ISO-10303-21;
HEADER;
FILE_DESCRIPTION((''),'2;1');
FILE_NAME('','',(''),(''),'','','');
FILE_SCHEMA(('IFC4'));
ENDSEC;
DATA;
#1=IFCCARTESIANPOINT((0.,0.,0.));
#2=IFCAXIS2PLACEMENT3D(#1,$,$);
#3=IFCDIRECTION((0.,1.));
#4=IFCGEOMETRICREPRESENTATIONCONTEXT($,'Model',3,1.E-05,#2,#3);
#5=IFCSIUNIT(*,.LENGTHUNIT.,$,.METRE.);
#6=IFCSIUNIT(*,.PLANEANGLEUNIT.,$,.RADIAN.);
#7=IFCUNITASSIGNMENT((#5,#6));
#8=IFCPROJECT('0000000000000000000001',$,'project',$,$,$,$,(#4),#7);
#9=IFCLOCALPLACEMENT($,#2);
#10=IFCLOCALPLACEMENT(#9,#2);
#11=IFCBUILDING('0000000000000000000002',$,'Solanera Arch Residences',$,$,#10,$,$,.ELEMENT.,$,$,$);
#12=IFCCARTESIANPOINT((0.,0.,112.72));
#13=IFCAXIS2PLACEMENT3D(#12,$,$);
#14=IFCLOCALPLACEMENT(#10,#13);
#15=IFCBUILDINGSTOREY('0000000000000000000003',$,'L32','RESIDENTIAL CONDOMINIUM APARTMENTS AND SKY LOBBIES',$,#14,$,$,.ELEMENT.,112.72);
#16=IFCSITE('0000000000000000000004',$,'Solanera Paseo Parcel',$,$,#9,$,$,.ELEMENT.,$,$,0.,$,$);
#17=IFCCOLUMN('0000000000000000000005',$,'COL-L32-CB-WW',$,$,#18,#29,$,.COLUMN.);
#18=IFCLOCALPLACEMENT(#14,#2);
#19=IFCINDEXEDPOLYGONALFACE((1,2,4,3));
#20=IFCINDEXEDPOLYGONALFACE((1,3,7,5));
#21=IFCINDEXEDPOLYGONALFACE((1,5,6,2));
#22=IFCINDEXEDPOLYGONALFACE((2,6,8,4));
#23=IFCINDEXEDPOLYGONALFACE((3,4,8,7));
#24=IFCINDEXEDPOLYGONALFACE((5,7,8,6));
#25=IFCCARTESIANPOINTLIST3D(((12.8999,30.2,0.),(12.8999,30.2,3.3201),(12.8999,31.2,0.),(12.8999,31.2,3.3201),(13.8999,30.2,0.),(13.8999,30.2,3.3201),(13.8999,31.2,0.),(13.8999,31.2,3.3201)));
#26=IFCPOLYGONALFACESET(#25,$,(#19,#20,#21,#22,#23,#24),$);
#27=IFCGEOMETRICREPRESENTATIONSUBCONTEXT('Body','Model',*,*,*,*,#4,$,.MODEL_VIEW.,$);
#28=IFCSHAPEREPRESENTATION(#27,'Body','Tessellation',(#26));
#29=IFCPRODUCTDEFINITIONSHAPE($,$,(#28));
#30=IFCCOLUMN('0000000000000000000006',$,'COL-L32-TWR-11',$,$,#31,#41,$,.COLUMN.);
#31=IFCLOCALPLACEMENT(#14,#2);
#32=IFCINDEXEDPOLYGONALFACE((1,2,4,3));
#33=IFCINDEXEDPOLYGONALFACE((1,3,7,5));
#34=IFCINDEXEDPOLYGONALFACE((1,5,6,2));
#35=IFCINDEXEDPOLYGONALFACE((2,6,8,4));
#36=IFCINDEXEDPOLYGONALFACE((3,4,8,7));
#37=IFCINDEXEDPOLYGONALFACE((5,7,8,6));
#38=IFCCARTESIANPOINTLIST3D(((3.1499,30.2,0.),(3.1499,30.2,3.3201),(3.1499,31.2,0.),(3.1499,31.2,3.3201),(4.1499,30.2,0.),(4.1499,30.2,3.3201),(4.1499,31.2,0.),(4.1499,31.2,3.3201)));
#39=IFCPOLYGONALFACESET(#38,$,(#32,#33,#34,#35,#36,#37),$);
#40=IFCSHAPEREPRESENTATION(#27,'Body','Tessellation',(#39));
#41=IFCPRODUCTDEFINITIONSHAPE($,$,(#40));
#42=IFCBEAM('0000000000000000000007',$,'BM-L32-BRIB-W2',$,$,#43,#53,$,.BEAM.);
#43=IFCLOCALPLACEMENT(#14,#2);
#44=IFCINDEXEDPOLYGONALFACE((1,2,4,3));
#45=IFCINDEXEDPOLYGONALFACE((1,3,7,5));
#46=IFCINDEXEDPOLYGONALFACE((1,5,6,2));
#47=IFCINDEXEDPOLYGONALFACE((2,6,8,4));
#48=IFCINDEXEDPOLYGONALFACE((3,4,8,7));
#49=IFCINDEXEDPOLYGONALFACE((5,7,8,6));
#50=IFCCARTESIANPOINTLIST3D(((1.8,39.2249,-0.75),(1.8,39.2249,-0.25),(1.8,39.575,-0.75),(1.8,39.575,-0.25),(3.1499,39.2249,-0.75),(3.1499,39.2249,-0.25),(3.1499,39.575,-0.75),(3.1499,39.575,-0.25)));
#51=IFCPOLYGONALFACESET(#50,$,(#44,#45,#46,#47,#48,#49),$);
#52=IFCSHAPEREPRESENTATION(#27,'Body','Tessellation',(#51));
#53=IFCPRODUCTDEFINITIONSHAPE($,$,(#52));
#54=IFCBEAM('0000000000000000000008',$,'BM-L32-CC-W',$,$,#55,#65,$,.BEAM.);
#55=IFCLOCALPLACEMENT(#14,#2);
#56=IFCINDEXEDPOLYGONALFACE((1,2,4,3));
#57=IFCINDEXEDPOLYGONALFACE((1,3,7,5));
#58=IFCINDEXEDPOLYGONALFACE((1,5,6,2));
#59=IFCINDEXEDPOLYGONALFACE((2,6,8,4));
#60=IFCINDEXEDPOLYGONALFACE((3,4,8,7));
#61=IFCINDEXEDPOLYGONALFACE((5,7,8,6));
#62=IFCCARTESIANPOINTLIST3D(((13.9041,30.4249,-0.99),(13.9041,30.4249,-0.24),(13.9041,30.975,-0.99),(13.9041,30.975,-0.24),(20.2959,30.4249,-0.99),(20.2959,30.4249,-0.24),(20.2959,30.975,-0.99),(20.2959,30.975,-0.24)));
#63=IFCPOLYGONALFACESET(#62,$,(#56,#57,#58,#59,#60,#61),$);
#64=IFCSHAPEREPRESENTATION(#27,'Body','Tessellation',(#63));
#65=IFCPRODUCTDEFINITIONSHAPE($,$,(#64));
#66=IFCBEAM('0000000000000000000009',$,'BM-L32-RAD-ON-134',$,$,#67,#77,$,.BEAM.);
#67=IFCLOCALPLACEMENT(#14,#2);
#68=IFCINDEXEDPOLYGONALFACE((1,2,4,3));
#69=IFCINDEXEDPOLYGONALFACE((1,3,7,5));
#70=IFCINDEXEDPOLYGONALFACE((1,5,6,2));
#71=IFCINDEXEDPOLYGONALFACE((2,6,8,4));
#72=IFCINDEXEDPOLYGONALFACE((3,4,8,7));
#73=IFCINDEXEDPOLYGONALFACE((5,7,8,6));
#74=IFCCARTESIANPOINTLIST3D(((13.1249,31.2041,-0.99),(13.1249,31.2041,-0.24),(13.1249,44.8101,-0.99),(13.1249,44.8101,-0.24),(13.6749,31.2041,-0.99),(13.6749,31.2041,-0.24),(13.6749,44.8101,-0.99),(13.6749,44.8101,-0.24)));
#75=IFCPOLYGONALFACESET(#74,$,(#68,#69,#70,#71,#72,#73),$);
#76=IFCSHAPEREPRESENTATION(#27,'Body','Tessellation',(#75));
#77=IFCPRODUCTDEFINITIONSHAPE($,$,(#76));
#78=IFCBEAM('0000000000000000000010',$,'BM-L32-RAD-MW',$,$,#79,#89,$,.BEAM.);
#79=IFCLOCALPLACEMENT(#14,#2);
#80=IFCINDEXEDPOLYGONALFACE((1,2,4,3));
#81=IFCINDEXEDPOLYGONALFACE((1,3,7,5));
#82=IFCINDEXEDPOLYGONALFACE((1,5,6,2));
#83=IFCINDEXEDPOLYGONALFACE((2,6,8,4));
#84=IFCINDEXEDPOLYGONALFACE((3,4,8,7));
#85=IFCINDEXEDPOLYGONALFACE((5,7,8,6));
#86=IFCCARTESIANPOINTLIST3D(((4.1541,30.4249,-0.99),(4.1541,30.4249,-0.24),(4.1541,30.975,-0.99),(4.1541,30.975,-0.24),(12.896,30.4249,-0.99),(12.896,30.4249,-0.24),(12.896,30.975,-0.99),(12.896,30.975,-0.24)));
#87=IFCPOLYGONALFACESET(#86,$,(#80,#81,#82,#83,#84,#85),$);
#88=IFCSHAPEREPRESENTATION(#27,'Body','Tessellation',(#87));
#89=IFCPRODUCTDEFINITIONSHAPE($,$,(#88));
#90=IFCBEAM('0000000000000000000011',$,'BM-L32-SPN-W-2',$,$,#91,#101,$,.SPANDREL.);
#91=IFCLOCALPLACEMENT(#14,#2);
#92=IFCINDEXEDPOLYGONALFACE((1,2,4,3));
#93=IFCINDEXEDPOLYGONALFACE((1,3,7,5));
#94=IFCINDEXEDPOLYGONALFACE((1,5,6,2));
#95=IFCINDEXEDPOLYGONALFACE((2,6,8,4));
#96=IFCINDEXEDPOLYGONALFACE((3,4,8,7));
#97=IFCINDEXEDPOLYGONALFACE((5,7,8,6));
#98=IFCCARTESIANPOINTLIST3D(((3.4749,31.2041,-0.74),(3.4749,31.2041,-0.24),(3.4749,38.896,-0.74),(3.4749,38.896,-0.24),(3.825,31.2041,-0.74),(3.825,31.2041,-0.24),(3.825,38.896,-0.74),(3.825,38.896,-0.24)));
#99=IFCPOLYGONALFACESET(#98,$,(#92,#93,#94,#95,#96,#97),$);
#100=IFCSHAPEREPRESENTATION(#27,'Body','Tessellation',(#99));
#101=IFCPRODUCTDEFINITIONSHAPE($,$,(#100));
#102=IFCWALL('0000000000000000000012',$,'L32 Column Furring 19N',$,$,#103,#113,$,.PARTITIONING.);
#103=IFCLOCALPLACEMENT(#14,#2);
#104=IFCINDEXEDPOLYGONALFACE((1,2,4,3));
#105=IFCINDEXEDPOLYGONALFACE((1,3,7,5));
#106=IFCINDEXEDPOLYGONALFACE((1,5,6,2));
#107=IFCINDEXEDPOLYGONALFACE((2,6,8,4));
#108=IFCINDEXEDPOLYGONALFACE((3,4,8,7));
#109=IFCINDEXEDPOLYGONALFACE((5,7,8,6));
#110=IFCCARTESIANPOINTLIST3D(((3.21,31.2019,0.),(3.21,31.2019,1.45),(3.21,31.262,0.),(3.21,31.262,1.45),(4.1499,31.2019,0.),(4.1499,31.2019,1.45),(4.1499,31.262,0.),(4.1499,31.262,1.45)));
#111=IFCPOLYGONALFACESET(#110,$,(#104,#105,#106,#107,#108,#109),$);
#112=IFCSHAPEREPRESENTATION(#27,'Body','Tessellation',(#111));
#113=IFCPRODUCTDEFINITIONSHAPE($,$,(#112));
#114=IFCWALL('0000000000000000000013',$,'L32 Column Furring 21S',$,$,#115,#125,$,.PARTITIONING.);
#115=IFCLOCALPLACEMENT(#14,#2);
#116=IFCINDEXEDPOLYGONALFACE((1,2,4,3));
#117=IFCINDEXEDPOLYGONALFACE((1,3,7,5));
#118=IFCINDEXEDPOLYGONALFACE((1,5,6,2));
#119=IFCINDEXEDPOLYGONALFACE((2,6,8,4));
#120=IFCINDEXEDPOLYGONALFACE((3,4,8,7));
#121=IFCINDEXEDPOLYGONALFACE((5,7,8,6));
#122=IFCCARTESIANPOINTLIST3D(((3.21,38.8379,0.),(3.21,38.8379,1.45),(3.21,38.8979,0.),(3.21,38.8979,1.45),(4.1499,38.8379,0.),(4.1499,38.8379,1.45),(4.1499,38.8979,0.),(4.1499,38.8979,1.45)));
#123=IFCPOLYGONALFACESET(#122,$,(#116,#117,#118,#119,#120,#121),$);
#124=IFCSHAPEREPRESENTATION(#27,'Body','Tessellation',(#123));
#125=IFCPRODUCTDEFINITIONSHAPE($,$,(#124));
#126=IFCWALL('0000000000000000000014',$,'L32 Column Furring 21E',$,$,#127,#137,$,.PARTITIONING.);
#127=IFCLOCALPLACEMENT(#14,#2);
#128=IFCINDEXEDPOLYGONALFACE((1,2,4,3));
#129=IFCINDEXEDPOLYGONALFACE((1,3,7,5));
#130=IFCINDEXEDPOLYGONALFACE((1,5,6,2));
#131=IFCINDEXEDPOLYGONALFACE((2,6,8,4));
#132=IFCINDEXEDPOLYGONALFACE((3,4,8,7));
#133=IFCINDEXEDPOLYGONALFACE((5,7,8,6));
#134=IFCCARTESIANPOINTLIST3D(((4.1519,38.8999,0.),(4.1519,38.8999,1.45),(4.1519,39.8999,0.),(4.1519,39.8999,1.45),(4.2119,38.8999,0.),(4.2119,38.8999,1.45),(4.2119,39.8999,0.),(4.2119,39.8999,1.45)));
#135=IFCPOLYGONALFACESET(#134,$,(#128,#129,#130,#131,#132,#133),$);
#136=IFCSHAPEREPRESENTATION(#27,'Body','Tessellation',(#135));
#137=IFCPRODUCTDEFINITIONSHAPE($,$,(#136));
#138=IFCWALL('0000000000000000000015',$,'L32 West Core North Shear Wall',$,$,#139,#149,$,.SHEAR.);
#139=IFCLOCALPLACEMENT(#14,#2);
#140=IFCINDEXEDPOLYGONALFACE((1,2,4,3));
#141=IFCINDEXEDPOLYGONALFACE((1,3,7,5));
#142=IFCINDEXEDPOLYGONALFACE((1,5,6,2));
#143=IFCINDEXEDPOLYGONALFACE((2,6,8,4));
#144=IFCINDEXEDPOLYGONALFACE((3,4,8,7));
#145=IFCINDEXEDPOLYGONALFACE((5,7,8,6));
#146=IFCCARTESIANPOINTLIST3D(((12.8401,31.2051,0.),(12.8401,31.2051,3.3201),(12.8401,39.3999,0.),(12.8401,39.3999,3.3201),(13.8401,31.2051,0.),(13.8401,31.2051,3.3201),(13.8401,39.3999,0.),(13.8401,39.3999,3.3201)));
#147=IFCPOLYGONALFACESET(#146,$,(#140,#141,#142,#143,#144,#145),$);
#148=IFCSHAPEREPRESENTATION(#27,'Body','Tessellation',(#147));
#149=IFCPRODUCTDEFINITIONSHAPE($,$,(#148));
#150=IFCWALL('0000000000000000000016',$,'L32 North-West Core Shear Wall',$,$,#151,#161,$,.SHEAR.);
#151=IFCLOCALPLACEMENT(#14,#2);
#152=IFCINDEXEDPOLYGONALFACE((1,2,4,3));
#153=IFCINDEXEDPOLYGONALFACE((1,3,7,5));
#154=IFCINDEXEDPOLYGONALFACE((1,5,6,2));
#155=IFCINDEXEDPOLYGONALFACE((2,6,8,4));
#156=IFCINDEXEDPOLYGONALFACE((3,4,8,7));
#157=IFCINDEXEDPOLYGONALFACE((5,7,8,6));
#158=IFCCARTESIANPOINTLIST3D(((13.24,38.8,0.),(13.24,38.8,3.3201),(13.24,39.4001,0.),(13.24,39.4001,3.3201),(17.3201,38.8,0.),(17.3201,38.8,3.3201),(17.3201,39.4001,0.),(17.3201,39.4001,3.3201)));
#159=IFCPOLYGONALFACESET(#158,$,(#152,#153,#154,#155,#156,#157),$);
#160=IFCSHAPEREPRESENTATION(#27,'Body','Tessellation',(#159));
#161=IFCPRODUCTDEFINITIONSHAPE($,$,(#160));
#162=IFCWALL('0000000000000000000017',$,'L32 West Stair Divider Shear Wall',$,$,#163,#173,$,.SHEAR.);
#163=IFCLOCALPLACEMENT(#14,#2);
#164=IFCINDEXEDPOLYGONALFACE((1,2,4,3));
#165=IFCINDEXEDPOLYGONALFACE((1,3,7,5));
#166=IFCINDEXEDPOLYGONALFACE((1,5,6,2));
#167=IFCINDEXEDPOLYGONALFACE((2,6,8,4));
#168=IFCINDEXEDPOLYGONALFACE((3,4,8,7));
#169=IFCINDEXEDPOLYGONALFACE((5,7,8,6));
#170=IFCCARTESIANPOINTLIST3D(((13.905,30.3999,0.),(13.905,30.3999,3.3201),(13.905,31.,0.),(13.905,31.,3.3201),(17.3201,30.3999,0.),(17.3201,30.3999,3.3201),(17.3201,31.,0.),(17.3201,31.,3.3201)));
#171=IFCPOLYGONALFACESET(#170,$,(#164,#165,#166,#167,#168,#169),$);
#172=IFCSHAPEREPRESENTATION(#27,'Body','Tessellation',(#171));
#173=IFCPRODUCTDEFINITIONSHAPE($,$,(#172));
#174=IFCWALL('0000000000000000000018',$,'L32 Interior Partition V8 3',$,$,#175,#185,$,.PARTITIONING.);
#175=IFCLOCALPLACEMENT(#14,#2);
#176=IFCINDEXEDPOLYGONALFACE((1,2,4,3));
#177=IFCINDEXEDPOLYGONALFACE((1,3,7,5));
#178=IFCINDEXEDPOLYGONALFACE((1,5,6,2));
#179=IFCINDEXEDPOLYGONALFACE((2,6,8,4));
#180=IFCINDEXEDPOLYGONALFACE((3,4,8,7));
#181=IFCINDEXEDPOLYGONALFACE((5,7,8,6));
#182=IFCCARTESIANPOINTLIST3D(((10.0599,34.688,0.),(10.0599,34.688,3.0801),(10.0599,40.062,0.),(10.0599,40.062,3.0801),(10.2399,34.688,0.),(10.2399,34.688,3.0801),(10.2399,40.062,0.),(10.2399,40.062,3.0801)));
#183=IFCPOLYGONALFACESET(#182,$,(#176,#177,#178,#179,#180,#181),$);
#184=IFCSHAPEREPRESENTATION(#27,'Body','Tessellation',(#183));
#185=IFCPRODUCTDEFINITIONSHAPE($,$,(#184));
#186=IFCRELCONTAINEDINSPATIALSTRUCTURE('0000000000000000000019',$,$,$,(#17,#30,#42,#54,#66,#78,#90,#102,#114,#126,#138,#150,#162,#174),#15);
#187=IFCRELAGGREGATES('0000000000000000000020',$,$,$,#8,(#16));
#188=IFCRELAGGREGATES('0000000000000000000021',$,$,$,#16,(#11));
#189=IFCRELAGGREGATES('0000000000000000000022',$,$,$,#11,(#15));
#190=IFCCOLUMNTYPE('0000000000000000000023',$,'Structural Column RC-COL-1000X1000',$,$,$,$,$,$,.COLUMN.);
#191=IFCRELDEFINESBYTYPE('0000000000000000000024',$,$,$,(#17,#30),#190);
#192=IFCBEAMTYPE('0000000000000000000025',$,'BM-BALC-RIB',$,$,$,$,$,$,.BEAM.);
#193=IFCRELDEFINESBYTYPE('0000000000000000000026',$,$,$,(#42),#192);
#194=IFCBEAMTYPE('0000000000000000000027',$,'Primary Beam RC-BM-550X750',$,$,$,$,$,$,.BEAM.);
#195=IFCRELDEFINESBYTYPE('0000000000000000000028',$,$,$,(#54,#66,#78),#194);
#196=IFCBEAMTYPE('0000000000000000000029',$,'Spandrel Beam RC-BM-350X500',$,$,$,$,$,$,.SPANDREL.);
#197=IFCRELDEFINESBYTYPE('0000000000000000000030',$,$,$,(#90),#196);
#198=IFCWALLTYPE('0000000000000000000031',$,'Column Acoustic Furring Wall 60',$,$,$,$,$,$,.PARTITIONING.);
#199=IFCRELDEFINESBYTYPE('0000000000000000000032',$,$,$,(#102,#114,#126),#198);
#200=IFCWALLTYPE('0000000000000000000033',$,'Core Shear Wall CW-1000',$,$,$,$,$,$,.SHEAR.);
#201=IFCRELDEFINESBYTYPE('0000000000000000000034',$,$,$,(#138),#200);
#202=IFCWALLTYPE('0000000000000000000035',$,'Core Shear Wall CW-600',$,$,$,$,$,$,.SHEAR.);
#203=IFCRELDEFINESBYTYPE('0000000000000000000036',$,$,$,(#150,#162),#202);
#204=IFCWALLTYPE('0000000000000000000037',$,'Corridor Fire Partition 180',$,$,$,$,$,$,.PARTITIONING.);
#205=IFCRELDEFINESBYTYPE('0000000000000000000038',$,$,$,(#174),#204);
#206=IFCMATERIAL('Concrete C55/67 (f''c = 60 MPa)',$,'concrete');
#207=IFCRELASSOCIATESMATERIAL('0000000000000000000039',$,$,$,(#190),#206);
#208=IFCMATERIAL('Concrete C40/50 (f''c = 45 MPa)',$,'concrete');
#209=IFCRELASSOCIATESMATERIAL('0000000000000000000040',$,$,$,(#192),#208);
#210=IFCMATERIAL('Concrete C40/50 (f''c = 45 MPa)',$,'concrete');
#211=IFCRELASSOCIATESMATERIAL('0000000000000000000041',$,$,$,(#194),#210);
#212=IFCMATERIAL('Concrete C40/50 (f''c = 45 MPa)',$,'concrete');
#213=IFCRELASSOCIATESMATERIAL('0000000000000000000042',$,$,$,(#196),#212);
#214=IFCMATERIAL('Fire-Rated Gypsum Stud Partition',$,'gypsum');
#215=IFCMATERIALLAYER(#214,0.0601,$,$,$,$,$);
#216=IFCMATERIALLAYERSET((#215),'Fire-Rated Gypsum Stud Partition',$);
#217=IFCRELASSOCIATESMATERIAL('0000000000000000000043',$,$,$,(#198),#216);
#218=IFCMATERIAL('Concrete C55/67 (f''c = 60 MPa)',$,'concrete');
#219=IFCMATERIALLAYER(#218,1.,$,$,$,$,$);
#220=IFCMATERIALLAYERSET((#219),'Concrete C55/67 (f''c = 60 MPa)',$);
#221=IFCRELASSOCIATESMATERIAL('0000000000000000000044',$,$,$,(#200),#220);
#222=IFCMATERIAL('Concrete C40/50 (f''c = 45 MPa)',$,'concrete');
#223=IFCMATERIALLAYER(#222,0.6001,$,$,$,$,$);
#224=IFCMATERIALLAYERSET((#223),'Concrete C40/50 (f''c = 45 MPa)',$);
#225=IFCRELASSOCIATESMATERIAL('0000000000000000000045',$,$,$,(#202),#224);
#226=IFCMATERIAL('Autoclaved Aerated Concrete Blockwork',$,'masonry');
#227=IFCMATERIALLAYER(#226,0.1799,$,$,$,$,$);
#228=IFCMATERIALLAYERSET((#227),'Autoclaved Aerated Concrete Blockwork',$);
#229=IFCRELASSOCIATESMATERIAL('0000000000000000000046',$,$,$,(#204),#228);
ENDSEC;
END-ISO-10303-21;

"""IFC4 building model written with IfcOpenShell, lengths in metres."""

from ifc_helpers import new_model, si_unit, direction, frame, frame_2d, origin, origin_2d, place, context, subcontext, project, spatial, rectangle, extrude, material, layer, layer_set, material_profile, profile_set, type_object, element, save


model = new_model("IFC4")

# Units and contexts
model_context = context("Model", 3, precision=1e-05, world=origin(), true_north=direction((0.0, 1.0)))
body_context = subcontext(model_context, "Body", "Model", "MODEL_VIEW")
ifc_project = project(units=[si_unit("LENGTHUNIT", "METRE"), si_unit("PLANEANGLEUNIT", "RADIAN")], contexts=[model_context])

# Site, building, storey
site_placement = place(None, origin())
site = spatial("IfcSite", under=ifc_project, at=site_placement, Name="Solanera Paseo Parcel", CompositionType="ELEMENT", RefElevation=0.0)
building_placement = place(site_placement, origin())
building = spatial("IfcBuilding", under=site, at=building_placement, Name="Solanera Arch Residences", CompositionType="ELEMENT")
storey_placement = place(building_placement, frame((0.0, 0.0, 112.72)))
storey = spatial("IfcBuildingStorey", under=building, at=storey_placement, Name="L32", Description="RESIDENTIAL CONDOMINIUM APARTMENTS AND SKY LOBBIES", CompositionType="ELEMENT", Elevation=112.72)

# Columns
ifc_material_1 = material(Name="Concrete C55/67 (f'c = 60 MPa)", Category="concrete")
ifc_material_profile_1 = material_profile(ifc_material_1, rectangle(XDim=1.0, YDim=1.0, at=origin_2d()))
ifc_profile_set_1 = profile_set([ifc_material_profile_1], Name="Concrete C55/67 (f'c = 60 MPa)")
column_type = type_object("IfcColumnType", Name="Structural Column RC-COL-1000X1000", PredefinedType="COLUMN", material=ifc_profile_set_1)
for number, where, z_axis, x_axis, name in (
    (1, (13.3999, 30.7, 0.0), (0.0, 0.0, 1.0), (1.0, 0.0, 0.0), "COL-L32-CB-WW"),
    (2, (3.6499, 30.7, 0.0), (0.0, 0.0, 1.0), (1.0, 0.0, 0.0), "COL-L32-TWR-11"),
):
    element("IfcColumn", number, at=place(storey_placement, frame(where, z_axis=z_axis, x_axis=x_axis)), inside=storey, type_object=column_type, Name=name, PredefinedType="COLUMN", context=body_context, shape_type="SweptSolid", body=[
        extrude(rectangle(XDim=1.0, YDim=1.0, at=origin_2d()), origin(), (0.0, 0.0, 1.0), 3.3201),
    ])

# Beams
ifc_material_2 = material(Name="Concrete C40/50 (f'c = 45 MPa)", Category="concrete")
ifc_material_profile_2 = material_profile(ifc_material_2, rectangle(XDim=0.3501, YDim=0.5, at=origin_2d()))
ifc_profile_set_2 = profile_set([ifc_material_profile_2], Name="Concrete C40/50 (f'c = 45 MPa)")
beam_type_1 = type_object("IfcBeamType", Name="BM-BALC-RIB", PredefinedType="BEAM", material=ifc_profile_set_2)
beam_1_placement = place(storey_placement, frame((1.8, 39.3999, -0.5), z_axis=(1.0, 0.0, 0.0), x_axis=(0.0, 1.0, 0.0)))
element("IfcBeam", 3, at=beam_1_placement, inside=storey, type_object=beam_type_1, Name="BM-L32-BRIB-W2", PredefinedType="BEAM", context=body_context, shape_type="SweptSolid", body=[
    extrude(rectangle(XDim=0.3501, YDim=0.5, at=origin_2d()), origin(), (0.0, 0.0, 1.0), 1.3499),
])
ifc_material_3 = material(Name="Concrete C40/50 (f'c = 45 MPa)", Category="concrete")
ifc_material_profile_3 = material_profile(ifc_material_3, rectangle(XDim=0.55, YDim=0.75, at=origin_2d()))
ifc_profile_set_3 = profile_set([ifc_material_profile_3], Name="Concrete C40/50 (f'c = 45 MPa)")
beam_type_2 = type_object("IfcBeamType", Name="Primary Beam RC-BM-550X750", PredefinedType="BEAM", material=ifc_profile_set_3)
beam_2_placement = place(storey_placement, frame((13.9041, 30.7, -0.615), z_axis=(1.0, 0.0, 0.0), x_axis=(0.0, 1.0, 0.0)))
element("IfcBeam", 4, at=beam_2_placement, inside=storey, type_object=beam_type_2, Name="BM-L32-CC-W", PredefinedType="BEAM", context=body_context, shape_type="SweptSolid", body=[
    extrude(rectangle(XDim=0.55, YDim=0.75, at=origin_2d()), origin(), (0.0, 0.0, 1.0), 6.3918),
])
beam_3_placement = place(storey_placement, frame((13.3999, 31.2041, -0.615), z_axis=(0.0, 1.0, 0.0), x_axis=(-1.0, 0.0, 0.0)))
element("IfcBeam", 5, at=beam_3_placement, inside=storey, type_object=beam_type_2, Name="BM-L32-RAD-ON-134", PredefinedType="BEAM", context=body_context, shape_type="SweptSolid", body=[
    extrude(rectangle(XDim=0.55, YDim=0.75, at=origin_2d()), origin(), (0.0, 0.0, 1.0), 13.606),
])
beam_4_placement = place(storey_placement, frame((4.1541, 30.7, -0.615), z_axis=(1.0, 0.0, 0.0), x_axis=(0.0, 1.0, 0.0)))
element("IfcBeam", 6, at=beam_4_placement, inside=storey, type_object=beam_type_2, Name="BM-L32-RAD-MW", PredefinedType="BEAM", context=body_context, shape_type="SweptSolid", body=[
    extrude(rectangle(XDim=0.55, YDim=0.75, at=origin_2d()), origin(), (0.0, 0.0, 1.0), 8.7419),
])
ifc_material_4 = material(Name="Concrete C40/50 (f'c = 45 MPa)", Category="concrete")
ifc_material_profile_4 = material_profile(ifc_material_4, rectangle(XDim=0.3501, YDim=0.5, at=origin_2d()))
ifc_profile_set_4 = profile_set([ifc_material_profile_4], Name="Concrete C40/50 (f'c = 45 MPa)")
beam_type_3 = type_object("IfcBeamType", Name="Spandrel Beam RC-BM-350X500", PredefinedType="SPANDREL", material=ifc_profile_set_4)
beam_5_placement = place(storey_placement, frame((3.6499, 31.2041, -0.49), z_axis=(0.0, 1.0, 0.0), x_axis=(-1.0, 0.0, 0.0)))
element("IfcBeam", 7, at=beam_5_placement, inside=storey, type_object=beam_type_3, Name="BM-L32-SPN-W-2", PredefinedType="SPANDREL", context=body_context, shape_type="SweptSolid", body=[
    extrude(rectangle(XDim=0.3501, YDim=0.5, at=origin_2d()), origin(), (0.0, 0.0, 1.0), 7.6919),
])

# Walls
ifc_material_5 = material(Name="Fire-Rated Gypsum Stud Partition", Category="gypsum")
ifc_layer_1 = layer(ifc_material_5, 0.0601)
ifc_layer_set_1 = layer_set([ifc_layer_1], Name="Fire-Rated Gypsum Stud Partition")
wall_type_1 = type_object("IfcWallType", Name="Column Acoustic Furring Wall 60", PredefinedType="PARTITIONING", material=ifc_layer_set_1)
for number, where, z_axis, x_axis, name in (
    (8, (3.21, 31.2319, 0.0), (0.0, 0.0, 1.0), (1.0, 0.0, 0.0), "L32 Column Furring 19N"),
    (9, (3.21, 38.8679, 0.0), (0.0, 0.0, 1.0), (1.0, 0.0, 0.0), "L32 Column Furring 21S"),
):
    element("IfcWall", number, at=place(storey_placement, frame(where, z_axis=z_axis, x_axis=x_axis)), inside=storey, type_object=wall_type_1, Name=name, PredefinedType="PARTITIONING", context=body_context, shape_type="SweptSolid", body=[
        extrude(rectangle(XDim=0.9399, YDim=0.0601, at=frame_2d((0.47, 0.0))), origin(), (0.0, 0.0, 1.0), 1.45),
    ])
wall_1_placement = place(storey_placement, frame((4.1819, 38.8999, 0.0), z_axis=(0.0, 0.0, 1.0), x_axis=(0.0, 1.0, 0.0)))
element("IfcWall", 10, at=wall_1_placement, inside=storey, type_object=wall_type_1, Name="L32 Column Furring 21E", PredefinedType="PARTITIONING", context=body_context, shape_type="SweptSolid", body=[
    extrude(rectangle(XDim=1.0, YDim=0.0601, at=frame_2d((0.5, 0.0))), origin(), (0.0, 0.0, 1.0), 1.45),
])
ifc_material_6 = material(Name="Concrete C55/67 (f'c = 60 MPa)", Category="concrete")
ifc_layer_2 = layer(ifc_material_6, 1.0)
ifc_layer_set_2 = layer_set([ifc_layer_2], Name="Concrete C55/67 (f'c = 60 MPa)")
wall_type_2 = type_object("IfcWallType", Name="Core Shear Wall CW-1000", PredefinedType="SHEAR", material=ifc_layer_set_2)
wall_2_placement = place(storey_placement, frame((13.3401, 31.2051, 0.0), z_axis=(0.0, 0.0, 1.0), x_axis=(0.0, 1.0, 0.0)))
element("IfcWall", 11, at=wall_2_placement, inside=storey, type_object=wall_type_2, Name="L32 West Core North Shear Wall", PredefinedType="SHEAR", context=body_context, shape_type="SweptSolid", body=[
    extrude(rectangle(XDim=8.1948, YDim=1.0, at=frame_2d((4.0974, 0.0))), origin(), (0.0, 0.0, 1.0), 3.3201),
])
ifc_material_7 = material(Name="Concrete C40/50 (f'c = 45 MPa)", Category="concrete")
ifc_layer_3 = layer(ifc_material_7, 0.6001)
ifc_layer_set_3 = layer_set([ifc_layer_3], Name="Concrete C40/50 (f'c = 45 MPa)")
wall_type_3 = type_object("IfcWallType", Name="Core Shear Wall CW-600", PredefinedType="SHEAR", material=ifc_layer_set_3)
wall_3_placement = place(storey_placement, frame((13.24, 39.1001, 0.0), z_axis=(0.0, 0.0, 1.0), x_axis=(1.0, 0.0, 0.0)))
element("IfcWall", 12, at=wall_3_placement, inside=storey, type_object=wall_type_3, Name="L32 North-West Core Shear Wall", PredefinedType="SHEAR", context=body_context, shape_type="SweptSolid", body=[
    extrude(rectangle(XDim=4.0801, YDim=0.6001, at=frame_2d((2.04, 0.0))), origin(), (0.0, 0.0, 1.0), 3.3201),
])
wall_4_placement = place(storey_placement, frame((13.905, 30.7, 0.0), z_axis=(0.0, 0.0, 1.0), x_axis=(1.0, 0.0, 0.0)))
element("IfcWall", 13, at=wall_4_placement, inside=storey, type_object=wall_type_3, Name="L32 West Stair Divider Shear Wall", PredefinedType="SHEAR", context=body_context, shape_type="SweptSolid", body=[
    extrude(rectangle(XDim=3.415, YDim=0.6001, at=frame_2d((1.7075, 0.0))), origin(), (0.0, 0.0, 1.0), 3.3201),
])
ifc_material_8 = material(Name="Autoclaved Aerated Concrete Blockwork", Category="masonry")
ifc_layer_4 = layer(ifc_material_8, 0.1799)
ifc_layer_set_4 = layer_set([ifc_layer_4], Name="Autoclaved Aerated Concrete Blockwork")
wall_type_4 = type_object("IfcWallType", Name="Corridor Fire Partition 180", PredefinedType="PARTITIONING", material=ifc_layer_set_4)
wall_5_placement = place(storey_placement, frame((10.1499, 34.688, 0.0), z_axis=(0.0, 0.0, 1.0), x_axis=(0.0, 1.0, 0.0)))
element("IfcWall", 14, at=wall_5_placement, inside=storey, type_object=wall_type_4, Name="L32 Interior Partition V8 3", PredefinedType="PARTITIONING", context=body_context, shape_type="SweptSolid", body=[
    extrude(rectangle(XDim=5.374, YDim=0.1799, at=frame_2d((2.687, 0.0))), origin(), (0.0, 0.0, 1.0), 3.0801),
])

save(model, "model.ifc")
